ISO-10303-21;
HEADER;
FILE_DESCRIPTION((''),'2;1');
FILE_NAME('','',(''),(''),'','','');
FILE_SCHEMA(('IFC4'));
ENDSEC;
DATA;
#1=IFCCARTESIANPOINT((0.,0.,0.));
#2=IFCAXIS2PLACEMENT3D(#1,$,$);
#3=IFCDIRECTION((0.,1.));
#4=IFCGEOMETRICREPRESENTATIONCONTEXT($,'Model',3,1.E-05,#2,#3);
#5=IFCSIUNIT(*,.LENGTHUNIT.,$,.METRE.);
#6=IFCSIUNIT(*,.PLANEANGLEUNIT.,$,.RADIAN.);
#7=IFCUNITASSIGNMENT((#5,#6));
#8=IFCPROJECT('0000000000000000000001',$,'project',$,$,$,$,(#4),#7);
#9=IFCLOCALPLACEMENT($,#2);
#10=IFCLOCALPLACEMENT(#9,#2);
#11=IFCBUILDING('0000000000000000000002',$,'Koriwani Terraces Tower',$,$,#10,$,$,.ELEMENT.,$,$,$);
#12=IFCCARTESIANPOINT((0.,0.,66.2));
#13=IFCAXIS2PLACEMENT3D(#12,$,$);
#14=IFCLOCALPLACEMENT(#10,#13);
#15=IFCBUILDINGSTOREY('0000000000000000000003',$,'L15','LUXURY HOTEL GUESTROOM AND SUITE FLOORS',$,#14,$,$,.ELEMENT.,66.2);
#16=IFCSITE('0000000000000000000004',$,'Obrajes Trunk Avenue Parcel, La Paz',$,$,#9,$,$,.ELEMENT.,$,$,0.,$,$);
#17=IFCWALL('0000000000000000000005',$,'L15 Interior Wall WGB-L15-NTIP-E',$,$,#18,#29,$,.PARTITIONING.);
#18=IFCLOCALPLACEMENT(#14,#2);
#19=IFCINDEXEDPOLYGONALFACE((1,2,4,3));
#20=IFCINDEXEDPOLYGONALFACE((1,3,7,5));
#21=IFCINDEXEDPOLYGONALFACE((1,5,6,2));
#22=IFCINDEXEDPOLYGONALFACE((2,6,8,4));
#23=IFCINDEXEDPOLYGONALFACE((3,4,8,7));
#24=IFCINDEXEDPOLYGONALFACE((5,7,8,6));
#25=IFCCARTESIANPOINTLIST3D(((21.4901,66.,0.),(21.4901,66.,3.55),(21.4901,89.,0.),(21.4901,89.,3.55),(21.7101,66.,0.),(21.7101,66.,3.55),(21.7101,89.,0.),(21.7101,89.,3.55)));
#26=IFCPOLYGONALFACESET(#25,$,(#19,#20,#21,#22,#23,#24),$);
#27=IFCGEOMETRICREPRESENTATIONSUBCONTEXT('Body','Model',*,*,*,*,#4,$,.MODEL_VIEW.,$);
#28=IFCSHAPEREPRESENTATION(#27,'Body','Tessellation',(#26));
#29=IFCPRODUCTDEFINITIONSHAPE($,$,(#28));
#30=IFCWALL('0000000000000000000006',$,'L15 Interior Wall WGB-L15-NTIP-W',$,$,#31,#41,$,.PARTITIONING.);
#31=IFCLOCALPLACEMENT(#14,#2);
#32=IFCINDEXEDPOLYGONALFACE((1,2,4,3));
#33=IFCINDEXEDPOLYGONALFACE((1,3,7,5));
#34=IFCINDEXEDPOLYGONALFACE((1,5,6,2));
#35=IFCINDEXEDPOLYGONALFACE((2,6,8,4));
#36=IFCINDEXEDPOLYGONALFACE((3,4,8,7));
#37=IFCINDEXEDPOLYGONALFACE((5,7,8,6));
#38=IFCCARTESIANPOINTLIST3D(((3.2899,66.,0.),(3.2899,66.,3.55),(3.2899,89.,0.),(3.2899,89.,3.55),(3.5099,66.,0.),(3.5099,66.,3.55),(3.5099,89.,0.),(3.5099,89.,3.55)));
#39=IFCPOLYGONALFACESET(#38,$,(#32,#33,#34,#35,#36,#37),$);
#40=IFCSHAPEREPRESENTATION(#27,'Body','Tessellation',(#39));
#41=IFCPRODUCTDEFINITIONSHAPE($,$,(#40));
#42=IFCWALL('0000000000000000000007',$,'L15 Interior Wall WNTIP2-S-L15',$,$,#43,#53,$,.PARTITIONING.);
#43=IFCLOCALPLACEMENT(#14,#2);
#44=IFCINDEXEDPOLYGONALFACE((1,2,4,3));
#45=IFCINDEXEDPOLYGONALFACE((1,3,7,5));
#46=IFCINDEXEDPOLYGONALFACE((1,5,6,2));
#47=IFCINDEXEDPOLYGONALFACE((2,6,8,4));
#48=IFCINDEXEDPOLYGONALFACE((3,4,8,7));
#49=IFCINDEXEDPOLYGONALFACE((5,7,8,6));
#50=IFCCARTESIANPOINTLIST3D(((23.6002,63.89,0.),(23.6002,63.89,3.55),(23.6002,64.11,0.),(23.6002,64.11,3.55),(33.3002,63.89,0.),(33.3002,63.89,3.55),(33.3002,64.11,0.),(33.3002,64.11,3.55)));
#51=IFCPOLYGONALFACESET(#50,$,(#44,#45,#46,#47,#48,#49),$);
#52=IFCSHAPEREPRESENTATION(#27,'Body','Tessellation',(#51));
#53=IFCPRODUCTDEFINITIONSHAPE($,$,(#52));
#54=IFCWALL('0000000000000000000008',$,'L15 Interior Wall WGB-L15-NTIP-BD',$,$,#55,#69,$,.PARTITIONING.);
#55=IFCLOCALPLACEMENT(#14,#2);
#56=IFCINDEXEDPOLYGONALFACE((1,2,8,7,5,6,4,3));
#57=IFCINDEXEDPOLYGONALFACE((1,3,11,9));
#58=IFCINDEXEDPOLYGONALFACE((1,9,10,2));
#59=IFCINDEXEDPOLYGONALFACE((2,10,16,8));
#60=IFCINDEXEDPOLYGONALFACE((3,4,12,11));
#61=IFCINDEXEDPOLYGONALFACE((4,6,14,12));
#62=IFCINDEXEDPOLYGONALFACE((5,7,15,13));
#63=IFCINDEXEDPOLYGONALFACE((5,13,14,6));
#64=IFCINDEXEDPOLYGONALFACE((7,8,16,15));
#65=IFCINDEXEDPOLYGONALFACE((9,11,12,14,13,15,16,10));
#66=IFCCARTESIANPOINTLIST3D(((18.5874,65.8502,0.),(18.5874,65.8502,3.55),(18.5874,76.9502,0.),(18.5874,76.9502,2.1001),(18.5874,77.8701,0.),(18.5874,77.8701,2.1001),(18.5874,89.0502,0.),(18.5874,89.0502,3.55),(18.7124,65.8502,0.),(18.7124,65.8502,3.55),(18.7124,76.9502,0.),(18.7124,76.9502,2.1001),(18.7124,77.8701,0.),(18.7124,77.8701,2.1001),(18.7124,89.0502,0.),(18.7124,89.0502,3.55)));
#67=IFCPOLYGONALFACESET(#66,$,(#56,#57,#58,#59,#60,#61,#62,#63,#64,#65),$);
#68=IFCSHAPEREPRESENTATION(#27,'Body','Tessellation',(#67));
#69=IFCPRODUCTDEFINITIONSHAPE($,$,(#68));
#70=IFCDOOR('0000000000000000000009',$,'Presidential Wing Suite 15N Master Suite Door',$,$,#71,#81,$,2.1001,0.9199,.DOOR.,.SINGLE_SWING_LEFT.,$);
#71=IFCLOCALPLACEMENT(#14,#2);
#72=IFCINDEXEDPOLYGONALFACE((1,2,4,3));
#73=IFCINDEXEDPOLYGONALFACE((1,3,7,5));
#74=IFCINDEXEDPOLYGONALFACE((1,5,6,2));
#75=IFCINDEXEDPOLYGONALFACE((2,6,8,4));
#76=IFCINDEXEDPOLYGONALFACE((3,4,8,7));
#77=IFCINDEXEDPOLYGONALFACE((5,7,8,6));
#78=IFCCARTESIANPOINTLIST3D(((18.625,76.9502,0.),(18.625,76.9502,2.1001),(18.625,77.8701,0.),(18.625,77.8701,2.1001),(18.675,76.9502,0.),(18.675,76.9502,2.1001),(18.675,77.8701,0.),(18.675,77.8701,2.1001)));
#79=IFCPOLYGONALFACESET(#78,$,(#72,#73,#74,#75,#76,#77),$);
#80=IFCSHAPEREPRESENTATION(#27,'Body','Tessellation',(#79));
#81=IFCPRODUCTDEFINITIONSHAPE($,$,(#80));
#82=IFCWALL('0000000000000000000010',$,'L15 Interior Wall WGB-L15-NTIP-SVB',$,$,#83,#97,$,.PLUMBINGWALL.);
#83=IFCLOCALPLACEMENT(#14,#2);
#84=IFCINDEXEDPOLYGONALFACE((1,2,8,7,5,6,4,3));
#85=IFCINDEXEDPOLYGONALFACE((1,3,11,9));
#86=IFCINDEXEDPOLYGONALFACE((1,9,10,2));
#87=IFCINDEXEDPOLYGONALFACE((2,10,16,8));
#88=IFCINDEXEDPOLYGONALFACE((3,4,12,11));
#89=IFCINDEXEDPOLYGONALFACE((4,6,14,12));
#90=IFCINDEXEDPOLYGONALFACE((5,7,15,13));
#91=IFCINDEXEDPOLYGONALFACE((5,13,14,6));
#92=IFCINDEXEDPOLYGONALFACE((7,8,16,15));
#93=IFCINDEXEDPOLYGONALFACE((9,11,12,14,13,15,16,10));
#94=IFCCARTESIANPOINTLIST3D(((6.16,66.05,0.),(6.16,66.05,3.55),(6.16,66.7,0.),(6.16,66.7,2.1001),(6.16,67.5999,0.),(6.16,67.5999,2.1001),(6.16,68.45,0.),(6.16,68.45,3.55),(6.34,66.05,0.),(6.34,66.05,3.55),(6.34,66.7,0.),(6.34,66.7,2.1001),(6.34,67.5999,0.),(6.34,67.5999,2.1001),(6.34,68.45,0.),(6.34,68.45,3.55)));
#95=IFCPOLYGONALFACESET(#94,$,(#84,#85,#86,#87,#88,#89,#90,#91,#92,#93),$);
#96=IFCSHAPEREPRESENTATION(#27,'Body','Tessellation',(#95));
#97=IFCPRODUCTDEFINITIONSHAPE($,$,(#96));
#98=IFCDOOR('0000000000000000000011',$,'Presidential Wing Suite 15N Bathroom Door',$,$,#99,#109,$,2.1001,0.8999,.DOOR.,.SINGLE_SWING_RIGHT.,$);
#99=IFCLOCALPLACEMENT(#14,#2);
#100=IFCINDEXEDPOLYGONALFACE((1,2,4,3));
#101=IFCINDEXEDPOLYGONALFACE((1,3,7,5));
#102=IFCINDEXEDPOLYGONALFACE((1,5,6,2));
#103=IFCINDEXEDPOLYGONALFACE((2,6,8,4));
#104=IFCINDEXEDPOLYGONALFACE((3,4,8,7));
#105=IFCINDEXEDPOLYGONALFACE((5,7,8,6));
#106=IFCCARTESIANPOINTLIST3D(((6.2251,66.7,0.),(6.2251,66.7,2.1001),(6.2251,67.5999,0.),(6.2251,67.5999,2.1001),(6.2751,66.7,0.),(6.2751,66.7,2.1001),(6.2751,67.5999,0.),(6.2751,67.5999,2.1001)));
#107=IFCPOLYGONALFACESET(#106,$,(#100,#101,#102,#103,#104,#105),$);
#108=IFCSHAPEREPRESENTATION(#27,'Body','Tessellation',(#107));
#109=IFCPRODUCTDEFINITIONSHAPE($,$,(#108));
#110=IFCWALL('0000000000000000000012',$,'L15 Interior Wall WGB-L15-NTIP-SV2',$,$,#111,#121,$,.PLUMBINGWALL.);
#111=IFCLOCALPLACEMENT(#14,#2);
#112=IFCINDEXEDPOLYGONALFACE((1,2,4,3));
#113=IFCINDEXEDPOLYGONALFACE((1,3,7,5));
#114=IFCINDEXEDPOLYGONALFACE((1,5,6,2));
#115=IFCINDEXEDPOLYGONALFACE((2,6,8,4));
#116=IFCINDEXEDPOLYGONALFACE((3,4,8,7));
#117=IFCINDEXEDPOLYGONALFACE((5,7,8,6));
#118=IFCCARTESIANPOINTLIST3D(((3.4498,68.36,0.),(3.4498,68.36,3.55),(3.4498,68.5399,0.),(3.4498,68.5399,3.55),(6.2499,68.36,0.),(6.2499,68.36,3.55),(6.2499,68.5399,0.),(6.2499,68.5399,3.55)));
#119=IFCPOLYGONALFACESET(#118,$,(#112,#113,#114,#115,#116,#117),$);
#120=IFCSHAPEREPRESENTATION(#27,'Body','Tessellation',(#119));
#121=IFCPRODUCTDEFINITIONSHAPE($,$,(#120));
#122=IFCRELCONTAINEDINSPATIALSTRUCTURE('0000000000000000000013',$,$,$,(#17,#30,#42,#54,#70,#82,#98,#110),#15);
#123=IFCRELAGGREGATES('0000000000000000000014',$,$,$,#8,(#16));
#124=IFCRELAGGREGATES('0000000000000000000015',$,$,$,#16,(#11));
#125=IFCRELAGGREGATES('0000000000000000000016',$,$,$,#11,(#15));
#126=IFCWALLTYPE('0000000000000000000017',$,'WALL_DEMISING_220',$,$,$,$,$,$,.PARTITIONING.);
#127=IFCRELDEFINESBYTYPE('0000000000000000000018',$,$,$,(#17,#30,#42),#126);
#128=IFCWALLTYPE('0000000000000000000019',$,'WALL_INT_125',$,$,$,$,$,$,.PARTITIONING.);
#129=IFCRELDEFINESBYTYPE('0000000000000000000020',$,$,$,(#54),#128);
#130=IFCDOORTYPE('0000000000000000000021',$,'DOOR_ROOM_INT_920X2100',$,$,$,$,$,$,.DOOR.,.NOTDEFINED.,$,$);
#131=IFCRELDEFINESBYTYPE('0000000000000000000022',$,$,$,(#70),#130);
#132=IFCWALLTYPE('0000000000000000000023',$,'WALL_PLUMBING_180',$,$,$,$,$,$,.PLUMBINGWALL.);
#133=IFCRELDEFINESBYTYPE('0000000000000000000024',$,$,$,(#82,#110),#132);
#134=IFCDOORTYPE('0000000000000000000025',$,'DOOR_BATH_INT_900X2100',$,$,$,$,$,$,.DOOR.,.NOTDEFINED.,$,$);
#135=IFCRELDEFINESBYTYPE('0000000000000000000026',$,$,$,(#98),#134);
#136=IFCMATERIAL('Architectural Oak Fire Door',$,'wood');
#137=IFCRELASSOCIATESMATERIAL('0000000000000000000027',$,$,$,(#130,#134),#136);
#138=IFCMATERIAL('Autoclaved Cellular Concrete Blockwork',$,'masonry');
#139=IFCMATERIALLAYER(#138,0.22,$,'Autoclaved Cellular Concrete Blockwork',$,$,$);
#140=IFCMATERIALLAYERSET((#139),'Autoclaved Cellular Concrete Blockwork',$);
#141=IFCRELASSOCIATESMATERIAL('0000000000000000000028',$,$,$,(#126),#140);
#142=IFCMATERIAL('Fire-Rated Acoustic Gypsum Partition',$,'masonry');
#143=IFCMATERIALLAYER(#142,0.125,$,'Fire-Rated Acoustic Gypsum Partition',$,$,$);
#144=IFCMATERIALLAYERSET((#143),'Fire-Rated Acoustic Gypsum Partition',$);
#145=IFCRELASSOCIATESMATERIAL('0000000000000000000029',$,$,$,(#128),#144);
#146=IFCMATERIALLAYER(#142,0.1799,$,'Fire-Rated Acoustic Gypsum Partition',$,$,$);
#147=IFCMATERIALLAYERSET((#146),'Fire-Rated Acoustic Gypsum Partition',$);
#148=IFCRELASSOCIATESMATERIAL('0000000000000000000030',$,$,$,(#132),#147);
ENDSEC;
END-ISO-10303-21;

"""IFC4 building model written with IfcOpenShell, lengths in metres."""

from ifc_helpers import new_model, si_unit, direction, frame, frame_2d, origin, place, context, subcontext, project, spatial, rectangle, extrude, material, layer, layer_set, type_object, element, fill, save


model = new_model("IFC4")

# Units and contexts
model_context = context("Model", 3, precision=1e-05, world=origin(), true_north=direction((0.0, 1.0)))
body_context = subcontext(model_context, "Body", "Model", "MODEL_VIEW")
ifc_project = project(units=[si_unit("LENGTHUNIT", "METRE"), si_unit("PLANEANGLEUNIT", "RADIAN")], contexts=[model_context])

# Site, building, storey
site_placement = place(None, origin())
site = spatial("IfcSite", under=ifc_project, at=site_placement, Name="Obrajes Trunk Avenue Parcel, La Paz", CompositionType="ELEMENT", RefElevation=0.0)
building_placement = place(site_placement, origin())
building = spatial("IfcBuilding", under=site, at=building_placement, Name="Koriwani Terraces Tower", CompositionType="ELEMENT")
storey_placement = place(building_placement, frame((0.0, 0.0, 66.2)))
storey = spatial("IfcBuildingStorey", under=building, at=storey_placement, Name="L15", Description="LUXURY HOTEL GUESTROOM AND SUITE FLOORS", CompositionType="ELEMENT", Elevation=66.2)

# Shared definitions
ifc_material_1 = material(Name="Autoclaved Cellular Concrete Blockwork", Category="masonry")
ifc_material_2 = material(Name="Architectural Oak Fire Door", Category="wood")
door_type_1 = type_object("IfcDoorType", Name="DOOR_ROOM_INT_920X2100", OperationType="NOTDEFINED", PredefinedType="DOOR", material=ifc_material_2)

# Walls
ifc_layer_1 = layer(ifc_material_1, 0.22, Name="Autoclaved Cellular Concrete Blockwork")
ifc_layer_set_1 = layer_set([ifc_layer_1], Name="Autoclaved Cellular Concrete Blockwork")
wall_type_1 = type_object("IfcWallType", Name="WALL_DEMISING_220", PredefinedType="PARTITIONING", material=ifc_layer_set_1)
for number, where, z_axis, x_axis, name in (
    (1, (21.6001, 66.0, 0.0), (0.0, 0.0, 1.0), (0.0, 1.0, 0.0), "L15 Interior Wall WGB-L15-NTIP-E"),
    (2, (3.3999, 66.0, 0.0), (0.0, 0.0, 1.0), (0.0, 1.0, 0.0), "L15 Interior Wall WGB-L15-NTIP-W"),
):
    element("IfcWall", number, at=place(storey_placement, frame(where, z_axis=z_axis, x_axis=x_axis)), inside=storey, type_object=wall_type_1, Name=name, PredefinedType="PARTITIONING", context=body_context, shape_type="SweptSolid", body=[
        extrude(rectangle(XDim=23.0, YDim=0.22, at=frame_2d((11.5, 0.0))), origin(), (0.0, 0.0, 1.0), 3.55),
    ])
wall_1_placement = place(storey_placement, frame((23.6001, 64.0, 0.0), z_axis=(0.0, 0.0, 1.0), x_axis=(1.0, 0.0, 0.0)))
element("IfcWall", 3, at=wall_1_placement, inside=storey, type_object=wall_type_1, Name="L15 Interior Wall WNTIP2-S-L15", PredefinedType="PARTITIONING", context=body_context, shape_type="SweptSolid", body=[
    extrude(rectangle(XDim=9.7, YDim=0.22, at=frame_2d((4.8501, 0.0))), origin(), (0.0, 0.0, 1.0), 3.55),
])

# Walls, openings, doors
ifc_material_3 = material(Name="Fire-Rated Acoustic Gypsum Partition", Category="masonry")
ifc_layer_2 = layer(ifc_material_3, 0.125, Name="Fire-Rated Acoustic Gypsum Partition")
ifc_layer_set_2 = layer_set([ifc_layer_2], Name="Fire-Rated Acoustic Gypsum Partition")
wall_type_2 = type_object("IfcWallType", Name="WALL_INT_125", PredefinedType="PARTITIONING", material=ifc_layer_set_2)
wall_2_placement = place(storey_placement, frame((18.6499, 65.8501, 0.0), z_axis=(0.0, 0.0, 1.0), x_axis=(0.0, 1.0, 0.0)))
wall_2 = element("IfcWall", 4, at=wall_2_placement, inside=storey, type_object=wall_type_2, Name="L15 Interior Wall WGB-L15-NTIP-BD", PredefinedType="PARTITIONING", context=body_context, shape_type="SweptSolid", body=[
    extrude(rectangle(XDim=23.2, YDim=0.125, at=frame_2d((11.6001, 0.0))), origin(), (0.0, 0.0, 1.0), 3.55),
])
opening_1_placement = place(wall_2_placement, frame((11.1001, 0.0, 0.0)))
opening_1 = element("IfcOpeningElement", 5, at=opening_1_placement, cuts=wall_2, PredefinedType="OPENING", context=body_context, shape_type="SweptSolid", body=[
    extrude(rectangle(XDim=0.9199, YDim=2.1001, at=frame_2d((0.46, 1.05))), frame((0.0, 0.0725, 0.0), z_axis=(0.0, -1.0, 0.0), x_axis=(1.0, 0.0, 0.0)), (0.0, 0.0, 1.0), 0.145),
])
door_1_placement = place(opening_1_placement, origin())
door_1 = element("IfcDoor", 6, at=door_1_placement, inside=storey, type_object=door_type_1, Name="Presidential Wing Suite 15N Master Suite Door", OperationType="SINGLE_SWING_LEFT", OverallHeight=2.1001, OverallWidth=0.9199, PredefinedType="DOOR", context=body_context, shape_type="SweptSolid", body=[
    extrude(rectangle(XDim=0.9199, YDim=2.1001, at=frame_2d((0.46, 1.05))), frame((0.0, 0.0249, 0.0), z_axis=(0.0, -1.0, 0.0), x_axis=(1.0, 0.0, 0.0)), (0.0, 0.0, 1.0), 0.05),
])
fill(opening_1, door_1)
ifc_layer_3 = layer(ifc_material_3, 0.1799, Name="Fire-Rated Acoustic Gypsum Partition")
ifc_layer_set_3 = layer_set([ifc_layer_3], Name="Fire-Rated Acoustic Gypsum Partition")
wall_type_3 = type_object("IfcWallType", Name="WALL_PLUMBING_180", PredefinedType="PLUMBINGWALL", material=ifc_layer_set_3)
wall_3_placement = place(storey_placement, frame((6.25, 66.05, 0.0), z_axis=(0.0, 0.0, 1.0), x_axis=(0.0, 1.0, 0.0)))
wall_3 = element("IfcWall", 7, at=wall_3_placement, inside=storey, type_object=wall_type_3, Name="L15 Interior Wall WGB-L15-NTIP-SVB", PredefinedType="PLUMBINGWALL", context=body_context, shape_type="SweptSolid", body=[
    extrude(rectangle(XDim=2.3999, YDim=0.1799, at=frame_2d((1.2, 0.0))), origin(), (0.0, 0.0, 1.0), 3.55),
])
opening_2_placement = place(wall_3_placement, frame((0.6499, 0.0, 0.0)))
opening_2 = element("IfcOpeningElement", 8, at=opening_2_placement, cuts=wall_3, PredefinedType="OPENING", context=body_context, shape_type="SweptSolid", body=[
    extrude(rectangle(XDim=0.8999, YDim=2.1001, at=frame_2d((0.45, 1.05))), frame((0.0, 0.1001, 0.0), z_axis=(0.0, -1.0, 0.0), x_axis=(1.0, 0.0, 0.0)), (0.0, 0.0, 1.0), 0.2),
])
door_type_2 = type_object("IfcDoorType", Name="DOOR_BATH_INT_900X2100", OperationType="NOTDEFINED", PredefinedType="DOOR", material=ifc_material_2)
door_2_placement = place(opening_2_placement, origin())
door_2 = element("IfcDoor", 9, at=door_2_placement, inside=storey, type_object=door_type_2, Name="Presidential Wing Suite 15N Bathroom Door", OperationType="SINGLE_SWING_RIGHT", OverallHeight=2.1001, OverallWidth=0.8999, PredefinedType="DOOR", context=body_context, shape_type="SweptSolid", body=[
    extrude(rectangle(XDim=0.8999, YDim=2.1001, at=frame_2d((0.45, 1.05))), frame((0.0, 0.0249, 0.0), z_axis=(0.0, -1.0, 0.0), x_axis=(1.0, 0.0, 0.0)), (0.0, 0.0, 1.0), 0.05),
])
fill(opening_2, door_2)

# Wall
wall_4_placement = place(storey_placement, frame((3.45, 68.45, 0.0), z_axis=(0.0, 0.0, 1.0), x_axis=(1.0, 0.0, 0.0)))
element("IfcWall", 10, at=wall_4_placement, inside=storey, type_object=wall_type_3, Name="L15 Interior Wall WGB-L15-NTIP-SV2", PredefinedType="PLUMBINGWALL", context=body_context, shape_type="SweptSolid", body=[
    extrude(rectangle(XDim=2.8, YDim=0.1799, at=frame_2d((1.3999, 0.0))), origin(), (0.0, 0.0, 1.0), 3.55),
])

save(model, "model.ifc")
